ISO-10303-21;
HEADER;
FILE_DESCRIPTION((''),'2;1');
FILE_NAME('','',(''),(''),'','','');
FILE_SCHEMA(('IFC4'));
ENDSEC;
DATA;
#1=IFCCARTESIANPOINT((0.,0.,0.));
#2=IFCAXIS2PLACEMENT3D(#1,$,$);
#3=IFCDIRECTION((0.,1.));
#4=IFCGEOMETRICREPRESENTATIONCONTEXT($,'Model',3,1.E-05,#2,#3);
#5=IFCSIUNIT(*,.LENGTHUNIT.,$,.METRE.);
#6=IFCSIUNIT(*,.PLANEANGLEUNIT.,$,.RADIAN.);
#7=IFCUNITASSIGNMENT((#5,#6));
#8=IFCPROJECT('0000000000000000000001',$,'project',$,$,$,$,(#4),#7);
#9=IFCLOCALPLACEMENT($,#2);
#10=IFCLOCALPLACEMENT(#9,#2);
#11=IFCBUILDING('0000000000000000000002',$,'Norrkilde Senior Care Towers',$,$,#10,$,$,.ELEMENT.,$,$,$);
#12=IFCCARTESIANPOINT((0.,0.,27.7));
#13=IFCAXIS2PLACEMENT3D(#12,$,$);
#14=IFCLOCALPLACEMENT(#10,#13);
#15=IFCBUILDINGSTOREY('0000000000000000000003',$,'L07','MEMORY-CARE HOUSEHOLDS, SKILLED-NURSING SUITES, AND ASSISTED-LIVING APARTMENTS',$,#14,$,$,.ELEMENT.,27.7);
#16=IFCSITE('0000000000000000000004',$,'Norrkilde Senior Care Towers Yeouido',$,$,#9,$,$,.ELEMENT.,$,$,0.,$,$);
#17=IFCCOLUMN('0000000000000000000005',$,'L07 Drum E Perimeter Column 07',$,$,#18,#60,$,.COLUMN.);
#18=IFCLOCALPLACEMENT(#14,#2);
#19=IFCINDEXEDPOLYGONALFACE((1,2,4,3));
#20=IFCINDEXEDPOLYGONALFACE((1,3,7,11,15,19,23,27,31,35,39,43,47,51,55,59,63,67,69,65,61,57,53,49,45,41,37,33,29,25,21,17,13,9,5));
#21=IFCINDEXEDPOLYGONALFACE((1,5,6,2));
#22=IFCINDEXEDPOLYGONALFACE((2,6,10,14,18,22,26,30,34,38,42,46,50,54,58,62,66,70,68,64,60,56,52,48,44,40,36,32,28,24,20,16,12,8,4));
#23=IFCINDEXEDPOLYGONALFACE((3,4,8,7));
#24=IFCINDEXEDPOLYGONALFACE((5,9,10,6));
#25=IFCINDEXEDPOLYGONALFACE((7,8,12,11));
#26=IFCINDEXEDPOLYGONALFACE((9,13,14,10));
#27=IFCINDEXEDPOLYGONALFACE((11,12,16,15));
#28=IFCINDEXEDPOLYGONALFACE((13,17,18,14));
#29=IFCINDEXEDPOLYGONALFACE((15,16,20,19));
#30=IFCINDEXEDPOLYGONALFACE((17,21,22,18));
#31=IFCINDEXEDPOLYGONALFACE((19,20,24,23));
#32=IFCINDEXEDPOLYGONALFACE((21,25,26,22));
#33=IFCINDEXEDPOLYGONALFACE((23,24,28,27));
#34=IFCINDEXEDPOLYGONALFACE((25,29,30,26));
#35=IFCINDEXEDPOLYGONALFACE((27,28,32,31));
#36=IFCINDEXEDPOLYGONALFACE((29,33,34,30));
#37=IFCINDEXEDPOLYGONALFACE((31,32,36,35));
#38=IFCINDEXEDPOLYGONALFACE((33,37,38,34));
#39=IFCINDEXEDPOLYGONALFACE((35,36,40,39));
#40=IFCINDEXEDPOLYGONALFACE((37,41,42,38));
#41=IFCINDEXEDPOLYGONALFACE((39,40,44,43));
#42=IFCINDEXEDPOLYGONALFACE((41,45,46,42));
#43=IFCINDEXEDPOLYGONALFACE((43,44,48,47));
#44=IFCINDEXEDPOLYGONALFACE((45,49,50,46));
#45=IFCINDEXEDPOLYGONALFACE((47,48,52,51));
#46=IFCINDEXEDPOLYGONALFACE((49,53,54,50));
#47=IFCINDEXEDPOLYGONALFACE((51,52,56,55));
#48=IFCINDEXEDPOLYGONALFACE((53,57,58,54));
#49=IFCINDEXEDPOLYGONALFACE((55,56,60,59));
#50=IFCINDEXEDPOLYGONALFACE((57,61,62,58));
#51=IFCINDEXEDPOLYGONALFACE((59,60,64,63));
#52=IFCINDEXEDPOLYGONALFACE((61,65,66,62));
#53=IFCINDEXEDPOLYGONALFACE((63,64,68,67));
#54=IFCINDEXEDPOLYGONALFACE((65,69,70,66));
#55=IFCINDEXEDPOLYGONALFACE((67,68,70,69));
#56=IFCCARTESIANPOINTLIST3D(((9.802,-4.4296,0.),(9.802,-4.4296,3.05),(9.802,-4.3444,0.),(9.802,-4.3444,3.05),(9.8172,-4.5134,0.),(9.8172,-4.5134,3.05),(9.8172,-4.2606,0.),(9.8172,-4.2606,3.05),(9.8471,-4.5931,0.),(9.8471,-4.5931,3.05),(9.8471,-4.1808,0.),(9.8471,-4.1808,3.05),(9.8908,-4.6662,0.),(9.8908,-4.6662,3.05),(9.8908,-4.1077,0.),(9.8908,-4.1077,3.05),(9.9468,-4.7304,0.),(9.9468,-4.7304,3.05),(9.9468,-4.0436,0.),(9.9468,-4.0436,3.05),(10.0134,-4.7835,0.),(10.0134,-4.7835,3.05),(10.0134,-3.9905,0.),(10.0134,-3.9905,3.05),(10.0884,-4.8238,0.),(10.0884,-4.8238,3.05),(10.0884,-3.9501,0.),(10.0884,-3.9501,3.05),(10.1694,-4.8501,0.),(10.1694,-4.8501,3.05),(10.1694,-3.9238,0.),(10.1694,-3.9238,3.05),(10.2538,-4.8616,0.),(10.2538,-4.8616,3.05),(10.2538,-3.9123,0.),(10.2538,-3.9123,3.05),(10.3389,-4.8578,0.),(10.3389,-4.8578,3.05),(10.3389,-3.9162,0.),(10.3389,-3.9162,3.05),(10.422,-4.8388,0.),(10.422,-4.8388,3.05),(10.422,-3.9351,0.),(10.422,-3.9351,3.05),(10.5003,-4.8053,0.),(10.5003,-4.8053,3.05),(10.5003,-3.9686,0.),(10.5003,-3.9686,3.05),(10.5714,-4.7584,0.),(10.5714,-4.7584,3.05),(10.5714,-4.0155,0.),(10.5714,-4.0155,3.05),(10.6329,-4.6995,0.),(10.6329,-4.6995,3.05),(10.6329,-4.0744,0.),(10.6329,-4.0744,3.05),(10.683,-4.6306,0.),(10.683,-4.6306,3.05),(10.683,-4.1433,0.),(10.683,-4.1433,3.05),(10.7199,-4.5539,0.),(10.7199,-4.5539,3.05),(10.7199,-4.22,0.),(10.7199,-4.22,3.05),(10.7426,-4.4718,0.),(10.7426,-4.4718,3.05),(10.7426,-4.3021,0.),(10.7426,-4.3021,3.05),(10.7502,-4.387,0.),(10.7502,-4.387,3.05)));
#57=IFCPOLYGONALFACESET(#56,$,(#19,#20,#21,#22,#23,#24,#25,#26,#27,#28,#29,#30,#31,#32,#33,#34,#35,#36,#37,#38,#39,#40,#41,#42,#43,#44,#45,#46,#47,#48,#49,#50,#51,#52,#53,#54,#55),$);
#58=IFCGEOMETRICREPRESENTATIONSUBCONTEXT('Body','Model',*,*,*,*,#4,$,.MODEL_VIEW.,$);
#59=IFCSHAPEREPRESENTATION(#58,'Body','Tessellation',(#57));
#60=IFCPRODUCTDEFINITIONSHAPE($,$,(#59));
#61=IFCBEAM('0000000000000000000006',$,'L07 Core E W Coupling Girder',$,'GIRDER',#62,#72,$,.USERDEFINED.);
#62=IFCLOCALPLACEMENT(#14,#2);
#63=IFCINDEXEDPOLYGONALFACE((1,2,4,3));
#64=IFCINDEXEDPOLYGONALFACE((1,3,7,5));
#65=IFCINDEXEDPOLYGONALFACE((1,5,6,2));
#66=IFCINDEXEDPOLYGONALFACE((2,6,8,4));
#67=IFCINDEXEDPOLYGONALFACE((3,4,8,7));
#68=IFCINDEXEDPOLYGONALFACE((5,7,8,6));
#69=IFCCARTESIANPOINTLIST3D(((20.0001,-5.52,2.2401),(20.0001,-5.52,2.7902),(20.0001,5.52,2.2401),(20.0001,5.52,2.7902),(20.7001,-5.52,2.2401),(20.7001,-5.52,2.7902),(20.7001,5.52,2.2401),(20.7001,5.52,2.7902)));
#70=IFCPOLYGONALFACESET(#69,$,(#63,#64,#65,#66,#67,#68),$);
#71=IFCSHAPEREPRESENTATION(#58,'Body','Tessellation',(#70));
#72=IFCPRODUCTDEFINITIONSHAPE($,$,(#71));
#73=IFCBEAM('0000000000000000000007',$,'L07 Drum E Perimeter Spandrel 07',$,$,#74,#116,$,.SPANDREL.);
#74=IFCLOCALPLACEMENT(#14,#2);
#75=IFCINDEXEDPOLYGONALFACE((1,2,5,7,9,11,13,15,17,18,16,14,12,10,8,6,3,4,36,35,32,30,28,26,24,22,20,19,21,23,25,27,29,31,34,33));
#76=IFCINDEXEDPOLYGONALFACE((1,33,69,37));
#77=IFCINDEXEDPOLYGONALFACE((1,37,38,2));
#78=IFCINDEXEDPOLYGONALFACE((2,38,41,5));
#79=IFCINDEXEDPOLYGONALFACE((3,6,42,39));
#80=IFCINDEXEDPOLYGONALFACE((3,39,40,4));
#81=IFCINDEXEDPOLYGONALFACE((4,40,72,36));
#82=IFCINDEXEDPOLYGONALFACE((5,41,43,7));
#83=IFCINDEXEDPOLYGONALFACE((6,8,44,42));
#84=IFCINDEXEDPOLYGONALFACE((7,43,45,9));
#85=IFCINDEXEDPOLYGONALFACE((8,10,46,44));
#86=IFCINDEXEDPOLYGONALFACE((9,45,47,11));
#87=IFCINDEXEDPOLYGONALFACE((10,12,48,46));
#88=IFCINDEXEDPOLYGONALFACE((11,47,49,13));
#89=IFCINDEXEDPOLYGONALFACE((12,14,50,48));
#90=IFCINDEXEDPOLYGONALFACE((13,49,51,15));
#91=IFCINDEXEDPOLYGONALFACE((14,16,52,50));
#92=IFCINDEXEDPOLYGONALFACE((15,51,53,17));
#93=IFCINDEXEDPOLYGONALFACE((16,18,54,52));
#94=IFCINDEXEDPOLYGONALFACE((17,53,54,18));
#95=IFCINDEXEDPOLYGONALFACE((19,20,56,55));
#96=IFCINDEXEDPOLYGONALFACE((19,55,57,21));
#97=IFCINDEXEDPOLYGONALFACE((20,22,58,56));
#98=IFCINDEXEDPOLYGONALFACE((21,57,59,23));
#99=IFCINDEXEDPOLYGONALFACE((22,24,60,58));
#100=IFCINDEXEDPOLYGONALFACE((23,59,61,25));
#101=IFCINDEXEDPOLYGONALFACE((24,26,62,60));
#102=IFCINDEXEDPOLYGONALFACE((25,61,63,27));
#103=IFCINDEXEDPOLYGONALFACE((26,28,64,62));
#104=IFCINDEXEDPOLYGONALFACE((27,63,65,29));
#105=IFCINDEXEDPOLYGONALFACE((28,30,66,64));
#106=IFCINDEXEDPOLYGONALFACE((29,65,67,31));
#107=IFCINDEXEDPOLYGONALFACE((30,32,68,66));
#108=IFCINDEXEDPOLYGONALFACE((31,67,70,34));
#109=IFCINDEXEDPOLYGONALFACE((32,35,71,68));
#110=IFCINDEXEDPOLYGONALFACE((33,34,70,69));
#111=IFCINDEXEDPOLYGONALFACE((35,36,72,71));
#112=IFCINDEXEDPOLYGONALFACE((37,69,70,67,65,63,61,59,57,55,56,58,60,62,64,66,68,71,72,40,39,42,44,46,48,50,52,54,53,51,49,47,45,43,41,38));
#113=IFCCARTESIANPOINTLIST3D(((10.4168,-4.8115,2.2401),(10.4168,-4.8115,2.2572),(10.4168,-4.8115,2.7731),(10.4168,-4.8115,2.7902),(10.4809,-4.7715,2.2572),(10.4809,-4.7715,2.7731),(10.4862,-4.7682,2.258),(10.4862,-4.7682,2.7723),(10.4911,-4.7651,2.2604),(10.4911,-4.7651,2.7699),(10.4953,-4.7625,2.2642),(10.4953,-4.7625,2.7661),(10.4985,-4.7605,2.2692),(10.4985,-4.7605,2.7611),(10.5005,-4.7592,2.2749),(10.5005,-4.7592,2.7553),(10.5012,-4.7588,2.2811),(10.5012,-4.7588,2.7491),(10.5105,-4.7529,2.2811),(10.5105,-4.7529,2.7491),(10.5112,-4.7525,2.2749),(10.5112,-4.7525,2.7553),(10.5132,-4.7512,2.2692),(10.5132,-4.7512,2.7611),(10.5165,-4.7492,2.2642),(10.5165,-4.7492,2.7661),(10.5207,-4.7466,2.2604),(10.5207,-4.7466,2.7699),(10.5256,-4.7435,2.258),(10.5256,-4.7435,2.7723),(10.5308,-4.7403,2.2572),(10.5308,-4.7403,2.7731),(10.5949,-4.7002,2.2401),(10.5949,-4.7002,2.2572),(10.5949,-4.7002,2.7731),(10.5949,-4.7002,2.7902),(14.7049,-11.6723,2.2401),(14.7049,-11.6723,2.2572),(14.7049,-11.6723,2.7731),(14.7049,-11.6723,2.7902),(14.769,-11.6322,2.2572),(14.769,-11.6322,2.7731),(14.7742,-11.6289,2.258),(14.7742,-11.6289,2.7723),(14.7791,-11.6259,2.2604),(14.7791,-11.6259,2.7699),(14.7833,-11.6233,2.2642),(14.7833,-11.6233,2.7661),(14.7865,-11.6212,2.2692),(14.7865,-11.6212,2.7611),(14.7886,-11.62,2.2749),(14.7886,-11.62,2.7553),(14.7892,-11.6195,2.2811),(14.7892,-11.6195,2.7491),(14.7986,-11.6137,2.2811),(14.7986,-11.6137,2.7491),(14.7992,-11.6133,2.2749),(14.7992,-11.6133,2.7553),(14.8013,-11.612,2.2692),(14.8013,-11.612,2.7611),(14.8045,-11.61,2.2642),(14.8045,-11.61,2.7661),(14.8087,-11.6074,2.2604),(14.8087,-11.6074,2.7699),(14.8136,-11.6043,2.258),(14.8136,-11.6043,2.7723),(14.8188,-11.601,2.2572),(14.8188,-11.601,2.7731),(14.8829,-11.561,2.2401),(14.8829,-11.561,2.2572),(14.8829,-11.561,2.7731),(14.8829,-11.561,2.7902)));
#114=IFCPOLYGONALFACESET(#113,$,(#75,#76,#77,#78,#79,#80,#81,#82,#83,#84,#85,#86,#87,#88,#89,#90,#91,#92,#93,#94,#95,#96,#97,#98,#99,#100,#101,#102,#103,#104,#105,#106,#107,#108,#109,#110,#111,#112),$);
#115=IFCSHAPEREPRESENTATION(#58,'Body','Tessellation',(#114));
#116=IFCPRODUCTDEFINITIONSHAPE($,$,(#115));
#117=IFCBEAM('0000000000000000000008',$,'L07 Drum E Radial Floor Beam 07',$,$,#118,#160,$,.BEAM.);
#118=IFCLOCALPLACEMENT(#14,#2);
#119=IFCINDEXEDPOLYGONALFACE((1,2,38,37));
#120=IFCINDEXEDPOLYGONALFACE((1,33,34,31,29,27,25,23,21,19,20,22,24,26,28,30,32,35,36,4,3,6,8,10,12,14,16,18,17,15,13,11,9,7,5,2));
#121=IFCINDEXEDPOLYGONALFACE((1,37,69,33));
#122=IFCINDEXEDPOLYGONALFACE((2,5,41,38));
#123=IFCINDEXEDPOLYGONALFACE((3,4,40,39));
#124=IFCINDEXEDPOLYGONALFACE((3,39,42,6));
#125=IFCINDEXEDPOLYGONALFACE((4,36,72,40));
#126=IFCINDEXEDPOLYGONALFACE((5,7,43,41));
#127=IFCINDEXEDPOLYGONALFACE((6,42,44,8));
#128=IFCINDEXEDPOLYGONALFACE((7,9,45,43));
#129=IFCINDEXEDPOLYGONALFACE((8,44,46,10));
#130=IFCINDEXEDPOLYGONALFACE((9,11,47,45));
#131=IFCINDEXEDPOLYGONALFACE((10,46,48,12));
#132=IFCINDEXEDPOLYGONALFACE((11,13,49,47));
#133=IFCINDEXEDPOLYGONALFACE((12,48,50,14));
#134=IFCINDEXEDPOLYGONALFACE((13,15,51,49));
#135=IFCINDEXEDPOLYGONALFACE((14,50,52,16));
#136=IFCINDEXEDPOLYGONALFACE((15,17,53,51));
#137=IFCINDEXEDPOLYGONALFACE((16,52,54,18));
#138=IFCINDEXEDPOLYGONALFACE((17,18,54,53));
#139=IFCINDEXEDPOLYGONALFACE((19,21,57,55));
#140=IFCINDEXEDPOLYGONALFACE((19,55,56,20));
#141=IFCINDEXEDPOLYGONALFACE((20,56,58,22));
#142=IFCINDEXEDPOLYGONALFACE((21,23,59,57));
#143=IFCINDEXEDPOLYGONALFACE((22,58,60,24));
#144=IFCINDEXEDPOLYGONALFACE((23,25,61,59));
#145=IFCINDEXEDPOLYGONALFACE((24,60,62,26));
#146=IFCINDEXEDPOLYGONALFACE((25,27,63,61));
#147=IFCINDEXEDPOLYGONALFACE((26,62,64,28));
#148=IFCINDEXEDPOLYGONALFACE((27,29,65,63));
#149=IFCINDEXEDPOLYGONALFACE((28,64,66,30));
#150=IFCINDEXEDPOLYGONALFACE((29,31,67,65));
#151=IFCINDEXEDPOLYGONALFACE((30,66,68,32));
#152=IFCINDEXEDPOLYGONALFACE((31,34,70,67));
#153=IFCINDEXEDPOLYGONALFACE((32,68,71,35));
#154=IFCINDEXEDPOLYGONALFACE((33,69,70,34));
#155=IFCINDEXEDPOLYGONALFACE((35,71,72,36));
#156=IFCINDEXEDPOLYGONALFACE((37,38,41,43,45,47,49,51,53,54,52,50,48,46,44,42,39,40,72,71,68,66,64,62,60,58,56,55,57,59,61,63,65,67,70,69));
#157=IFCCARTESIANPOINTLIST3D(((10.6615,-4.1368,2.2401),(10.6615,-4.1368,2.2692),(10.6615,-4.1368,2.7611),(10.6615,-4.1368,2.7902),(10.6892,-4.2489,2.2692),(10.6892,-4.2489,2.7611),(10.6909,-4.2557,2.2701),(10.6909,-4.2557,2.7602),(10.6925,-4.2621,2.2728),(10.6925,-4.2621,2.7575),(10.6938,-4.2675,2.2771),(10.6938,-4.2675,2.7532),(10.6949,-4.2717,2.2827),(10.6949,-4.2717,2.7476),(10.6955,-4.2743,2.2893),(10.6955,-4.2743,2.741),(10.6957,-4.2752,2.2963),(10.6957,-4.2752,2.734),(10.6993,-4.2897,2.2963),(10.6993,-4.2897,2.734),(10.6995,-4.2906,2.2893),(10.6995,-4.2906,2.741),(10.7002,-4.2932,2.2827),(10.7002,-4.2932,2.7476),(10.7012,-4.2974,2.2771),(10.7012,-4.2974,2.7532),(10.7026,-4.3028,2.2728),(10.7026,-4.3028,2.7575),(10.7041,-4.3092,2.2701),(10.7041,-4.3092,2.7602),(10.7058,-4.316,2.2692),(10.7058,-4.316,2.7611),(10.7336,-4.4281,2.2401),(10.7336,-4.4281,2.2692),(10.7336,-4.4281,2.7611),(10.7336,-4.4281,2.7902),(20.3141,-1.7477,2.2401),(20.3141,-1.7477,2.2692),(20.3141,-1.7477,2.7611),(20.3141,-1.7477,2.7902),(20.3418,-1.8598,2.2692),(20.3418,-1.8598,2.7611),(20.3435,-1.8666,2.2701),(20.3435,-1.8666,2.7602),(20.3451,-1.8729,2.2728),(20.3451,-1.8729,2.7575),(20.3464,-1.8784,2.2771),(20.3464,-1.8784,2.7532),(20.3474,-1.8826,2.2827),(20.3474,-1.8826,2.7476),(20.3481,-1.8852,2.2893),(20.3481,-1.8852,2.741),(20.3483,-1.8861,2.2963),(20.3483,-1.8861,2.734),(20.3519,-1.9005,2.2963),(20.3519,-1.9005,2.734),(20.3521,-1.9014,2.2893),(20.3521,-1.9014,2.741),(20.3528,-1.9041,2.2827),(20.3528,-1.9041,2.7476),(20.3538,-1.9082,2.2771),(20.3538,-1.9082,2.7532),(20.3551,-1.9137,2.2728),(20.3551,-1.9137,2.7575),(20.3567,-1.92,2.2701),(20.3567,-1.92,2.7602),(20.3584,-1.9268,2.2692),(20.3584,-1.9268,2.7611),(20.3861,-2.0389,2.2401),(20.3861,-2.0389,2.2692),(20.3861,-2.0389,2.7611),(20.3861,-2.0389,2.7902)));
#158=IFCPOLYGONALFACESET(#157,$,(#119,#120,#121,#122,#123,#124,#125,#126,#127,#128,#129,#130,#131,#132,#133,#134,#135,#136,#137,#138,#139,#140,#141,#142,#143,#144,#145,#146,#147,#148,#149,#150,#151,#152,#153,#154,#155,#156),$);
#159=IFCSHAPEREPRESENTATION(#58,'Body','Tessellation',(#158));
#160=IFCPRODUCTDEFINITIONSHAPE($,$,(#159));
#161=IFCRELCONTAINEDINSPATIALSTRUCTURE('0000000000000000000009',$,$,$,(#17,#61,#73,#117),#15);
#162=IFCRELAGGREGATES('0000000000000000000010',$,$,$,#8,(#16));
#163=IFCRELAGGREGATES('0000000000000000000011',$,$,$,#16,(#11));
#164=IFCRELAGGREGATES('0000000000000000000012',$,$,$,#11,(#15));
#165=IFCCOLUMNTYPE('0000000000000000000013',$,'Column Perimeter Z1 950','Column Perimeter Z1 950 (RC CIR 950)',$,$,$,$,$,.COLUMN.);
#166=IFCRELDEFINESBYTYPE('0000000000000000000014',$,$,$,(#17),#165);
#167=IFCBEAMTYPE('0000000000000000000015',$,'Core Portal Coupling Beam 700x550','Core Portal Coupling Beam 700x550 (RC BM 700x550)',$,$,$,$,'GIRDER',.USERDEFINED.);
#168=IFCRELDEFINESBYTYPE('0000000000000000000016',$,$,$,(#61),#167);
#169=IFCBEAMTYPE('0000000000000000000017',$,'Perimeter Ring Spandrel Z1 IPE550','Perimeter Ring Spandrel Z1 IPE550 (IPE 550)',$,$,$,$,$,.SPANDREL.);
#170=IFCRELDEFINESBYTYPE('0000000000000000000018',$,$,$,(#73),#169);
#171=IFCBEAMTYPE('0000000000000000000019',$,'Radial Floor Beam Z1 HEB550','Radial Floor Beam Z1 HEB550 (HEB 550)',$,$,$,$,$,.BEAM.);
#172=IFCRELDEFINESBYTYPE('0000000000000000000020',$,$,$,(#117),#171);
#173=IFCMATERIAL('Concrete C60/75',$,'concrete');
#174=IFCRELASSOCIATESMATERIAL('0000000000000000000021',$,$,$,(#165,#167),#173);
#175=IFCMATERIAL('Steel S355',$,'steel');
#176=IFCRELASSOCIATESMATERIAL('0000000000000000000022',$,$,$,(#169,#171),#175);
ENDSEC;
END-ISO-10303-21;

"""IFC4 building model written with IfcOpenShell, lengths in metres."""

from ifc_helpers import new_model, si_unit, direction, frame, origin, origin_2d, place, context, subcontext, project, spatial, rectangle, circle, i_section, extrude, source, transform, mapped, material, material_profile, profile_set, type_object, type_shapes, element, save


model = new_model("IFC4")

# Units and contexts
model_context = context("Model", 3, precision=1e-05, world=origin(), true_north=direction((0.0, 1.0)))
body_context = subcontext(model_context, "Body", "Model", "MODEL_VIEW")
ifc_project = project(units=[si_unit("LENGTHUNIT", "METRE"), si_unit("PLANEANGLEUNIT", "RADIAN")], contexts=[model_context])

# Site, building, storey
site_placement = place(None, origin())
site = spatial("IfcSite", under=ifc_project, at=site_placement, Name="Norrkilde Senior Care Towers Yeouido", CompositionType="ELEMENT", RefElevation=0.0)
building_placement = place(site_placement, origin())
building = spatial("IfcBuilding", under=site, at=building_placement, Name="Norrkilde Senior Care Towers", CompositionType="ELEMENT")
storey_placement = place(building_placement, frame((0.0, 0.0, 27.7)))
storey = spatial("IfcBuildingStorey", under=building, at=storey_placement, Name="L07", Description="MEMORY-CARE HOUSEHOLDS, SKILLED-NURSING SUITES, AND ASSISTED-LIVING APARTMENTS", CompositionType="ELEMENT", Elevation=27.7)

# Column
ifc_material_1 = material(Name="Concrete C60/75", Category="concrete")
ifc_material_profile_1 = material_profile(ifc_material_1, circle(Radius=0.4751, at=origin_2d()), Name="RC CIR 950")
ifc_profile_set_1 = profile_set([ifc_material_profile_1], Name="Concrete C60/75")
column_type = type_object("IfcColumnType", Name="Column Perimeter Z1 950", Description="Column Perimeter Z1 950 (RC CIR 950)", PredefinedType="COLUMN", material=ifc_profile_set_1)
shared_shape_1 = source(origin(), body_context, "Body", "SweptSolid", [
    extrude(circle(Radius=0.4751, at=origin_2d()), origin(), (0.0, 0.0, 1.0), 3.05),
])
type_shapes(column_type, [shared_shape_1])
column_placement = place(storey_placement, frame((10.2751, -4.387, 0.0), z_axis=(0.0, 0.0, 1.0), x_axis=(1.0, 0.0, 0.0)))
element("IfcColumn", 1, at=column_placement, inside=storey, type_object=column_type, Name="L07 Drum E Perimeter Column 07", PredefinedType="COLUMN", context=body_context, shape_type="MappedRepresentation", body=[
    mapped(shared_shape_1, transform((0.0, 0.0, 0.0), x_axis=(1.0, 0.0, 0.0), y_axis=(0.0, 1.0, 0.0), z_axis=(0.0, 0.0, 1.0), scale=1.0)),
])

# Beams
ifc_material_profile_2 = material_profile(ifc_material_1, rectangle(XDim=0.7, YDim=0.55, at=origin_2d()), Name="RC BM 700x550")
ifc_profile_set_2 = profile_set([ifc_material_profile_2], Name="Concrete C60/75")
beam_type_1 = type_object("IfcBeamType", Name="Core Portal Coupling Beam 700x550", Description="Core Portal Coupling Beam 700x550 (RC BM 700x550)", ElementType="GIRDER", PredefinedType="USERDEFINED", material=ifc_profile_set_2)
shared_shape_2 = source(origin(), body_context, "Body", "SweptSolid", [
    extrude(rectangle(XDim=0.7, YDim=0.55, at=origin_2d()), origin(), (0.0, 0.0, 1.0), 11.04),
])
type_shapes(beam_type_1, [shared_shape_2])
beam_1_placement = place(storey_placement, frame((20.3501, -5.52, 2.5151), z_axis=(0.0, 1.0, 0.0), x_axis=(-1.0, 0.0, 0.0)))
element("IfcBeam", 2, at=beam_1_placement, inside=storey, type_object=beam_type_1, Name="L07 Core E W Coupling Girder", ObjectType="GIRDER", PredefinedType="USERDEFINED", context=body_context, shape_type="MappedRepresentation", body=[
    mapped(shared_shape_2, transform((0.0, 0.0, 0.0), x_axis=(1.0, 0.0, 0.0), y_axis=(0.0, 1.0, 0.0), z_axis=(0.0, 0.0, 1.0), scale=1.0)),
])
ifc_material_2 = material(Name="Steel S355", Category="steel")
ifc_material_profile_3 = material_profile(ifc_material_2, i_section(OverallWidth=0.21, OverallDepth=0.55, WebThickness=0.011, FlangeThickness=0.0171, FilletRadius=0.0239, at=origin_2d()), Name="IPE 550")
ifc_profile_set_3 = profile_set([ifc_material_profile_3], Name="Steel S355")
beam_type_2 = type_object("IfcBeamType", Name="Perimeter Ring Spandrel Z1 IPE550", Description="Perimeter Ring Spandrel Z1 IPE550 (IPE 550)", PredefinedType="SPANDREL", material=ifc_profile_set_3)
shared_shape_3 = source(origin(), body_context, "Body", "SweptSolid", [
    extrude(i_section(OverallWidth=0.21, OverallDepth=0.55, WebThickness=0.011, FlangeThickness=0.0171, FilletRadius=0.0239, at=origin_2d()), origin(), (0.0, 0.0, 1.0), 8.0906),
])
type_shapes(beam_type_2, [shared_shape_3])
beam_2_placement = place(storey_placement, frame((10.5059, -4.7559, 2.5151), z_axis=(0.530004, -0.847995, 0.0), x_axis=(0.847995, 0.530004, 0.0)))
element("IfcBeam", 3, at=beam_2_placement, inside=storey, type_object=beam_type_2, Name="L07 Drum E Perimeter Spandrel 07", PredefinedType="SPANDREL", context=body_context, shape_type="MappedRepresentation", body=[
    mapped(shared_shape_3, transform((0.0, 0.0, 0.0), x_axis=(1.0, 0.0, 0.0), y_axis=(0.0, 1.0, 0.0), z_axis=(0.0, 0.0, 1.0), scale=1.0)),
])
ifc_material_profile_4 = material_profile(ifc_material_2, i_section(OverallWidth=0.3, OverallDepth=0.55, WebThickness=0.0149, FlangeThickness=0.0291, FilletRadius=0.0271, at=origin_2d()), Name="HEB 550")
ifc_profile_set_4 = profile_set([ifc_material_profile_4], Name="Steel S355")
beam_type_3 = type_object("IfcBeamType", Name="Radial Floor Beam Z1 HEB550", Description="Radial Floor Beam Z1 HEB550 (HEB 550)", PredefinedType="BEAM", material=ifc_profile_set_4)
shared_shape_4 = source(origin(), body_context, "Body", "SweptSolid", [
    extrude(i_section(OverallWidth=0.3, OverallDepth=0.55, WebThickness=0.0149, FlangeThickness=0.0291, FilletRadius=0.0271, at=origin_2d()), origin(), (0.0, 0.0, 1.0), 9.9438),
])
type_shapes(beam_type_3, [shared_shape_4])
beam_3_placement = place(storey_placement, frame((20.3501, -1.8933, 2.5151), z_axis=(-0.970707, -0.240265, 0.0), x_axis=(0.240265, -0.970707, 0.0)))
element("IfcBeam", 4, at=beam_3_placement, inside=storey, type_object=beam_type_3, Name="L07 Drum E Radial Floor Beam 07", PredefinedType="BEAM", context=body_context, shape_type="MappedRepresentation", body=[
    mapped(shared_shape_4, transform((0.0, 0.0, 0.0), x_axis=(1.0, 0.0, 0.0), y_axis=(0.0, 1.0, 0.0), z_axis=(0.0, 0.0, 1.0), scale=1.0)),
])

save(model, "model.ifc")
